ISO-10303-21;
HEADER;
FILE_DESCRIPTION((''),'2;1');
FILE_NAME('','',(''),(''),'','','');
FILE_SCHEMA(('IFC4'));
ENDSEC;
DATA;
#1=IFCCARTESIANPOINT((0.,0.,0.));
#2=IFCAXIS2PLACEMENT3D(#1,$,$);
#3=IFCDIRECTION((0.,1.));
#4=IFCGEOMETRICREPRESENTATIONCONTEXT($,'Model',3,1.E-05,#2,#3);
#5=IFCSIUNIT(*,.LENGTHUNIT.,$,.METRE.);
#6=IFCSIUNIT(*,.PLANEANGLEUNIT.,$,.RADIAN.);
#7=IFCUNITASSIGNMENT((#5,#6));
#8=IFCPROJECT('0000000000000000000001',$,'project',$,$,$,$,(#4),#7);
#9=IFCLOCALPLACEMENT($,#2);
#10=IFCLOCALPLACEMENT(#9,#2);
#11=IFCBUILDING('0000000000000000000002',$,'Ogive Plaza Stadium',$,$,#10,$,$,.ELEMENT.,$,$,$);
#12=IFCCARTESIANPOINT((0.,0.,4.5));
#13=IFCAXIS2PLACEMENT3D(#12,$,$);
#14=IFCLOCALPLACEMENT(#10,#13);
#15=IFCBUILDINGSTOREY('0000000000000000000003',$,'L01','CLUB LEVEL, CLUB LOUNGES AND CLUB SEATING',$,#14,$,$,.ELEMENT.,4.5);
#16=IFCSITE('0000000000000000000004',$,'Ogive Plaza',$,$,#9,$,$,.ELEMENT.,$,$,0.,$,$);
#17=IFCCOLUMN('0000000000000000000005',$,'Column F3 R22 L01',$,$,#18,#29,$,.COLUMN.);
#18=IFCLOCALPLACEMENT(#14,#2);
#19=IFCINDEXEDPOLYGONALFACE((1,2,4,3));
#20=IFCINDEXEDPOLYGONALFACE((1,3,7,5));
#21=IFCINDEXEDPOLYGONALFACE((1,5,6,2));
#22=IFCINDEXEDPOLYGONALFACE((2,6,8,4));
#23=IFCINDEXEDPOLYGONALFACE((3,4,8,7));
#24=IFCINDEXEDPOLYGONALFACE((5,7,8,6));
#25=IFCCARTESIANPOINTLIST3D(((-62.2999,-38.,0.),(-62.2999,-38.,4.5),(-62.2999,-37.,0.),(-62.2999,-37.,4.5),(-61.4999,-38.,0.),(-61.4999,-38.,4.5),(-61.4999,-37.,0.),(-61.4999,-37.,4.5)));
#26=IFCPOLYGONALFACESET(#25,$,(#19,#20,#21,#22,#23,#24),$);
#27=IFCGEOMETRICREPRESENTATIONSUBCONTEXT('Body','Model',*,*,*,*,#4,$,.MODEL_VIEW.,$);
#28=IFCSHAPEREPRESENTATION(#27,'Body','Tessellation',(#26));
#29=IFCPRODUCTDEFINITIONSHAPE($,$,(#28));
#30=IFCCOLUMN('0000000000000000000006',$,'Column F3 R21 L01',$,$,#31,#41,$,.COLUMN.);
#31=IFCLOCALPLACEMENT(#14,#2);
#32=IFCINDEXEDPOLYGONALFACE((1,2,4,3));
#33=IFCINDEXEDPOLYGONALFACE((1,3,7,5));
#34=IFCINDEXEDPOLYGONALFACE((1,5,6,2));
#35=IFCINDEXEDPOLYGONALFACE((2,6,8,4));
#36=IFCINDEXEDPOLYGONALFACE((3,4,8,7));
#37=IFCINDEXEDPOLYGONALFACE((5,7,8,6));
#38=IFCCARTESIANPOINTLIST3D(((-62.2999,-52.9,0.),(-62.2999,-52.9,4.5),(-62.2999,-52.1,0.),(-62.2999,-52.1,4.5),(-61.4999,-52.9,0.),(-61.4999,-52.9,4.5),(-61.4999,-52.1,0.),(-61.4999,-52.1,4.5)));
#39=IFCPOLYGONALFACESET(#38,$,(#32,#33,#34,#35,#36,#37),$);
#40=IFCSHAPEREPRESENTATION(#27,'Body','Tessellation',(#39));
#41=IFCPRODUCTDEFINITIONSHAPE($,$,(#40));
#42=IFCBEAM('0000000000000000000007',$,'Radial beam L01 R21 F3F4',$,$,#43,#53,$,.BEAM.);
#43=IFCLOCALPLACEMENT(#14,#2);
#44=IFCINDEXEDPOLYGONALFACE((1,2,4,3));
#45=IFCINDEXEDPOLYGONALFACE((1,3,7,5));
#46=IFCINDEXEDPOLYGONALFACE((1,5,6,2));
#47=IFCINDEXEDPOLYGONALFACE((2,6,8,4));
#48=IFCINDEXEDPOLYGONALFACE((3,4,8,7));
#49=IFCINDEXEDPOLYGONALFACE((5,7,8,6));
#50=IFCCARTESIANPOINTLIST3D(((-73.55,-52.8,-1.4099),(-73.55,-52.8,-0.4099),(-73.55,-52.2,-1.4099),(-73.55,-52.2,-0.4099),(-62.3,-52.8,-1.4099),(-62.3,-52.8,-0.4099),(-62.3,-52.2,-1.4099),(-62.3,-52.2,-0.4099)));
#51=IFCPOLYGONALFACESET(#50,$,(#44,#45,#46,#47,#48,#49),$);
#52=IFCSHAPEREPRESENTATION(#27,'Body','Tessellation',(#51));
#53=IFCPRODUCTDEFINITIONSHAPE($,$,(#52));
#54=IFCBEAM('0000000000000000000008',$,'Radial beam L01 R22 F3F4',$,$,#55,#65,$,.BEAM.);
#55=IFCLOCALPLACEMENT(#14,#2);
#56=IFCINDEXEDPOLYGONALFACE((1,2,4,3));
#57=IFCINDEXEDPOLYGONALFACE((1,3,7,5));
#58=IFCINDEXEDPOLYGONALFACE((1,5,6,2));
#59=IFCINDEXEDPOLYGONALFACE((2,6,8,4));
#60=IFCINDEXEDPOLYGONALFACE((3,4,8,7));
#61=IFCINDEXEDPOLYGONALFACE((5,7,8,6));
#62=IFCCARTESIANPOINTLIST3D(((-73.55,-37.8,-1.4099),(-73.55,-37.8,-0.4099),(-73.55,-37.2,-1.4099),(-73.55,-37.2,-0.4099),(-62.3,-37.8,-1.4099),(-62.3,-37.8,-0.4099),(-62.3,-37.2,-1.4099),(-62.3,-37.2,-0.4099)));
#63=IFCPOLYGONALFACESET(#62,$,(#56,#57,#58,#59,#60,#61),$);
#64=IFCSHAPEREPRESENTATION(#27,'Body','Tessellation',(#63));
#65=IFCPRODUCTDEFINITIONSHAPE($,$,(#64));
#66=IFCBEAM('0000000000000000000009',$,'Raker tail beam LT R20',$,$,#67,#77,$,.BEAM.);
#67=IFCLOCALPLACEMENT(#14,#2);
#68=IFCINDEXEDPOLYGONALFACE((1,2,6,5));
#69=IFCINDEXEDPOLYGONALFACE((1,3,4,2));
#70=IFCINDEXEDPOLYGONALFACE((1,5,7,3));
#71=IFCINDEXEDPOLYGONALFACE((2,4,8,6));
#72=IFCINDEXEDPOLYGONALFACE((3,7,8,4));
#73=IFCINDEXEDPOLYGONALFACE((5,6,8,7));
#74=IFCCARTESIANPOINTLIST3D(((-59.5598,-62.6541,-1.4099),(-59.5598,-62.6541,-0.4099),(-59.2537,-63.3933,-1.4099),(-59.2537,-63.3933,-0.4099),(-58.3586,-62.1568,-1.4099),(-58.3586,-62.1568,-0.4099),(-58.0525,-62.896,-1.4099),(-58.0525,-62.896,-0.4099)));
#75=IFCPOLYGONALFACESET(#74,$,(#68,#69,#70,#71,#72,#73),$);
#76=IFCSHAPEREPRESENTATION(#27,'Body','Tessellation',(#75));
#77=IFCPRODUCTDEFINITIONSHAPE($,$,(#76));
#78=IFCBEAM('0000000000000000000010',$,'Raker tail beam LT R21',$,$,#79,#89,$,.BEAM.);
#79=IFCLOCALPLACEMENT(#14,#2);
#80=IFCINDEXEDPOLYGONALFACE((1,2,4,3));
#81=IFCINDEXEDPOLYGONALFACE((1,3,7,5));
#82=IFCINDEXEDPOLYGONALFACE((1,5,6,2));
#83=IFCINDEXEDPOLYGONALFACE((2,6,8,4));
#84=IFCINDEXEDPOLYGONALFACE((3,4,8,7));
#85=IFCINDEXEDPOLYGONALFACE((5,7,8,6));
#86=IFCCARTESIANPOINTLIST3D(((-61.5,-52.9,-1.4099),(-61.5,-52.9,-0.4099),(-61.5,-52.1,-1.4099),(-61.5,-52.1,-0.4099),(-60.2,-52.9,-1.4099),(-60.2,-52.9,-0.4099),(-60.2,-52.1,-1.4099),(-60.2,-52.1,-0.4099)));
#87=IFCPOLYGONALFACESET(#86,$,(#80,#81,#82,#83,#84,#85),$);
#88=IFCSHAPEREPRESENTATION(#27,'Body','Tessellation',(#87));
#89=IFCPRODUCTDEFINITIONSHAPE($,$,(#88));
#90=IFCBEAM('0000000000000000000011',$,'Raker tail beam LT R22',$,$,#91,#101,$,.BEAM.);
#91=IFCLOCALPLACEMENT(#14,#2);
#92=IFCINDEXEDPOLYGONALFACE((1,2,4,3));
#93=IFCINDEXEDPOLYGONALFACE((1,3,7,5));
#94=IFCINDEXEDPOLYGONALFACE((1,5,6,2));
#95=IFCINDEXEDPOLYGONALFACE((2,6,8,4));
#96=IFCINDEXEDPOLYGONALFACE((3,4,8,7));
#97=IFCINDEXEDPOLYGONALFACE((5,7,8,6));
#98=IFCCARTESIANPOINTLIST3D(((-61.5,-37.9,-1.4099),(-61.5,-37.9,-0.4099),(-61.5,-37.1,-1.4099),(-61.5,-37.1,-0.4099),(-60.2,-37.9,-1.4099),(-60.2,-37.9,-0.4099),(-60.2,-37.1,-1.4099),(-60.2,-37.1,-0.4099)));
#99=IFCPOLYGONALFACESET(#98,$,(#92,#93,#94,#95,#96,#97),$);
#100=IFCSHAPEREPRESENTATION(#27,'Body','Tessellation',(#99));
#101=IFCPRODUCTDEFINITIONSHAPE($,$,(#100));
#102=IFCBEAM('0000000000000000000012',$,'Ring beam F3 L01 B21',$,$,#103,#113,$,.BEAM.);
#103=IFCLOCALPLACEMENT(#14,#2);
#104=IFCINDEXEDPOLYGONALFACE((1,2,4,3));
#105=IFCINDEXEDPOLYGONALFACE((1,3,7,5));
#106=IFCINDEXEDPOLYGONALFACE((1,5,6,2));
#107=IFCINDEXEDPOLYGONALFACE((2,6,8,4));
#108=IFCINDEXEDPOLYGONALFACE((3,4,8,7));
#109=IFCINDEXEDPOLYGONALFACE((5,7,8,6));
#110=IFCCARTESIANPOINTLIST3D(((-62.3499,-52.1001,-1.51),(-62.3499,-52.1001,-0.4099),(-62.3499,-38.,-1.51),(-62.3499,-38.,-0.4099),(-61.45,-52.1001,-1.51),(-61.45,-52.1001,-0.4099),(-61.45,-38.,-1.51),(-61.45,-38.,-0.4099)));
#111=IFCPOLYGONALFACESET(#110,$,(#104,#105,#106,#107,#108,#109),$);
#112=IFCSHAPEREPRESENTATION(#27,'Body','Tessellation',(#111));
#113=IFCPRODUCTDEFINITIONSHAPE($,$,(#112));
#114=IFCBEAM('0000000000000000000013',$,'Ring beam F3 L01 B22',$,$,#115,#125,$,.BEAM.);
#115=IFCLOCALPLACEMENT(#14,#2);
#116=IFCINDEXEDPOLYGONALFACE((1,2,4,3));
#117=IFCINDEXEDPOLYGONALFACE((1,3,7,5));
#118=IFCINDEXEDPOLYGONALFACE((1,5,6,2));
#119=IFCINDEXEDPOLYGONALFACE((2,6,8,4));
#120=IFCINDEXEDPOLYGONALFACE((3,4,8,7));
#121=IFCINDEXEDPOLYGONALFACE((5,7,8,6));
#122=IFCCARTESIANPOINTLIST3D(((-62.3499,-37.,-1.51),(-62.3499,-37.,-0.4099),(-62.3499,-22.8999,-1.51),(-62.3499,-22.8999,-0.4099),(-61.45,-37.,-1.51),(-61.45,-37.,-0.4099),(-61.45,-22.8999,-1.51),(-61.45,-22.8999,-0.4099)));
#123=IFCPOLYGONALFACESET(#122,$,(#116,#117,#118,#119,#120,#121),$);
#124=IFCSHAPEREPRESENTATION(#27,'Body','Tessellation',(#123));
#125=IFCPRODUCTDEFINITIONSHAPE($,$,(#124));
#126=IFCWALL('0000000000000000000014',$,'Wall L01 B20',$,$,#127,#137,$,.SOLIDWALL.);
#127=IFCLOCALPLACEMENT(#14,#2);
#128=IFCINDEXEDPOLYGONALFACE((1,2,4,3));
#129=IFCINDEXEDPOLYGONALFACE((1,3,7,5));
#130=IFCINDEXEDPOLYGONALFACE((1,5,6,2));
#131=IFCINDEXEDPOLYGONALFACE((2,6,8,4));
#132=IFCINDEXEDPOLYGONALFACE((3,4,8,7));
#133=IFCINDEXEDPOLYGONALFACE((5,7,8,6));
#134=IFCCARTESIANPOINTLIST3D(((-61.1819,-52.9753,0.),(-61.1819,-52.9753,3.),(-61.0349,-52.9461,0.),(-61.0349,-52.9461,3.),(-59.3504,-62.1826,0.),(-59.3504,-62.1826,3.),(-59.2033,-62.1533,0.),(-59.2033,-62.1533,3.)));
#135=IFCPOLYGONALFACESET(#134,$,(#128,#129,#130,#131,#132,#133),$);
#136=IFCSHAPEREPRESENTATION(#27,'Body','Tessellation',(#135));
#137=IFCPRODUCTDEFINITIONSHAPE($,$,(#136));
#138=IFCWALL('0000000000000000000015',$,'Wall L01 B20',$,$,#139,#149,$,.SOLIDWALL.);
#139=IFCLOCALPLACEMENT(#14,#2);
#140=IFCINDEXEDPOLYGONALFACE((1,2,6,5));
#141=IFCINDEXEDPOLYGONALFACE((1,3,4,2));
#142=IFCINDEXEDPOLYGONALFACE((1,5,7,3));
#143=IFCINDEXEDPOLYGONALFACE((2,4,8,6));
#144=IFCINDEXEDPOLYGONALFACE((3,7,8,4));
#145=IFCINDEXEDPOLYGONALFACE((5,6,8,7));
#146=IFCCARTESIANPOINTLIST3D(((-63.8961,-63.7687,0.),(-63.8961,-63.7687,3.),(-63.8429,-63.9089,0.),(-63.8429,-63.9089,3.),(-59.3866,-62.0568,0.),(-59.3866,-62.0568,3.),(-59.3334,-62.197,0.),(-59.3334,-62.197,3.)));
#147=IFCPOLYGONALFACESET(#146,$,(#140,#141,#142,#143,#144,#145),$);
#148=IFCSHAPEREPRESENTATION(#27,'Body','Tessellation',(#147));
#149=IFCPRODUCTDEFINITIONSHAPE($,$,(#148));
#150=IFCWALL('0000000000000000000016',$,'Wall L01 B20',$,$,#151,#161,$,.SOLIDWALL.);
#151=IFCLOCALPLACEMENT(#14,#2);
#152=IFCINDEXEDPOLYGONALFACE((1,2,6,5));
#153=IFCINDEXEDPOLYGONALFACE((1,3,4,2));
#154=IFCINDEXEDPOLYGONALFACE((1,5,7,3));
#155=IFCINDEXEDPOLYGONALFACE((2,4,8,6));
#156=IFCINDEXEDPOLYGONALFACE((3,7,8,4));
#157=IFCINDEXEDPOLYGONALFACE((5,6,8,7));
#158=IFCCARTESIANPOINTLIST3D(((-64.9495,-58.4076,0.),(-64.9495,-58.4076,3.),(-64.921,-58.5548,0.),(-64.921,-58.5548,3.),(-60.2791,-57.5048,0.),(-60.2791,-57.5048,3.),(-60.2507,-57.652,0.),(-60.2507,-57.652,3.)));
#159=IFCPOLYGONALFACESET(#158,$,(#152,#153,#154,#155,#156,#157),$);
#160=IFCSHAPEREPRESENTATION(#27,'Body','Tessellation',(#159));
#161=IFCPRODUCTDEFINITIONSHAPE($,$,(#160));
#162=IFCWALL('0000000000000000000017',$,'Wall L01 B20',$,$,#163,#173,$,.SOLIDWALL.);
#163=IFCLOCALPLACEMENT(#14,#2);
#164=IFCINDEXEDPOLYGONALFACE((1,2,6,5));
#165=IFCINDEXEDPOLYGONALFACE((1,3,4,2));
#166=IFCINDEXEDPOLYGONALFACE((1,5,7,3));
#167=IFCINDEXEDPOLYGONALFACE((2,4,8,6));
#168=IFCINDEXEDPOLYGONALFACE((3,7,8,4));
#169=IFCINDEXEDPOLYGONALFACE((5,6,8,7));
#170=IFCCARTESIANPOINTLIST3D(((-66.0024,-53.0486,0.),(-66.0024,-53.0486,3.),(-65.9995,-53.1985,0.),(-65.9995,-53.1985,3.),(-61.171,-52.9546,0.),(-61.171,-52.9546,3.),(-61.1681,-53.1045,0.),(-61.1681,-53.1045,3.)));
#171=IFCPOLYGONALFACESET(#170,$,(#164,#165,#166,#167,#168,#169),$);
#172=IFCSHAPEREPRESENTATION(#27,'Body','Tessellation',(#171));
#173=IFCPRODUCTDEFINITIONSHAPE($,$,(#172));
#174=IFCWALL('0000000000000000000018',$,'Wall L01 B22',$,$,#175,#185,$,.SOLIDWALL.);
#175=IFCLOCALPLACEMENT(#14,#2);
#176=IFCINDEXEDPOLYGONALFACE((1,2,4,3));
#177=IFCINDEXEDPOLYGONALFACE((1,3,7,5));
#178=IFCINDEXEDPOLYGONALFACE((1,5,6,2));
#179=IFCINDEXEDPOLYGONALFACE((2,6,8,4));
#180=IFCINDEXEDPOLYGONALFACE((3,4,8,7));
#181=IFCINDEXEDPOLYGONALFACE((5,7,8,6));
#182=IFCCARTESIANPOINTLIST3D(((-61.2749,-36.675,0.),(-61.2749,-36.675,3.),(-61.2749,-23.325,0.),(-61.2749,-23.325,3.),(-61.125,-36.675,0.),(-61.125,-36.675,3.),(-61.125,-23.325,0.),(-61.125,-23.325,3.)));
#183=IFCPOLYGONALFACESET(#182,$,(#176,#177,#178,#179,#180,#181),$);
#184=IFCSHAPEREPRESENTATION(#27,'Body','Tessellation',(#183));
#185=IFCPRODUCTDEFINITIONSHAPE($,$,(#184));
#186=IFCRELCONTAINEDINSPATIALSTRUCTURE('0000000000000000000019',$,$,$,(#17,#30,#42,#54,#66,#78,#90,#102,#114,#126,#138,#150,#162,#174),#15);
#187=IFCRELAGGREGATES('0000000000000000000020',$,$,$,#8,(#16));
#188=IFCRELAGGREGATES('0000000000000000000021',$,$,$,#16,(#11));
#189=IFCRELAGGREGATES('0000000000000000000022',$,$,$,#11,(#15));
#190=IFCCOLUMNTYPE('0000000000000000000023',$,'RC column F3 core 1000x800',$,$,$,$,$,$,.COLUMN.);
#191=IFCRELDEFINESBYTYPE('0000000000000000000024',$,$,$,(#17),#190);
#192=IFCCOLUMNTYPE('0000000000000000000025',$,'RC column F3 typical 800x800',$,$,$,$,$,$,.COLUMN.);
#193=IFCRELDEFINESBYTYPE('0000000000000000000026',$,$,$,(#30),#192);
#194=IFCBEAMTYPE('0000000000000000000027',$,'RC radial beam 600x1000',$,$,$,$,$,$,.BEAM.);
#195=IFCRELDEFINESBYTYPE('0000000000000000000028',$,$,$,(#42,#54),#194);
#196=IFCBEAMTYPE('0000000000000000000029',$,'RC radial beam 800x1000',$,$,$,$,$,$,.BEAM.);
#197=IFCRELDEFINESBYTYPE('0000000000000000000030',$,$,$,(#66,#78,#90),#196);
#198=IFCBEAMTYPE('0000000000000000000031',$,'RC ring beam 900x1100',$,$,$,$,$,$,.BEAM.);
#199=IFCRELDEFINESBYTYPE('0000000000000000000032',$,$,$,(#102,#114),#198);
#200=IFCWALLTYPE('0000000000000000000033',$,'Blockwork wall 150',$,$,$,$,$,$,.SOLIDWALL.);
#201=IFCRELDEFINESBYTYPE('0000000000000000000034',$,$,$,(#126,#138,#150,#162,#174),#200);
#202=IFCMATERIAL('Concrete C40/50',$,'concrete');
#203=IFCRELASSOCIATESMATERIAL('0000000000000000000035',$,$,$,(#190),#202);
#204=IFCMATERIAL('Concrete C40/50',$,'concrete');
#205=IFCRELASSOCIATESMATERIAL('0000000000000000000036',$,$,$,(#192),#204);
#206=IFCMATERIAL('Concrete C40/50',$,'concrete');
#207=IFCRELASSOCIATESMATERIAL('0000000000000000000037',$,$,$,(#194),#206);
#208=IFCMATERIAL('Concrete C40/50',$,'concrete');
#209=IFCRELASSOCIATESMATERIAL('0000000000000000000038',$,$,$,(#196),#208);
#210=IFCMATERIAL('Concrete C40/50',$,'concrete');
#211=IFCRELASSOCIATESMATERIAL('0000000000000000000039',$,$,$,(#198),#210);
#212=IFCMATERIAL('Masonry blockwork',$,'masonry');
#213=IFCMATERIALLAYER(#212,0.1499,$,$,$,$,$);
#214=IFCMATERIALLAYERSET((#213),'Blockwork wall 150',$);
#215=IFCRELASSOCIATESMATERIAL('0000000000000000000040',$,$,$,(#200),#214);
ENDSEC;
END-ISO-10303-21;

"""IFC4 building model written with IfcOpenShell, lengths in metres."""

from ifc_helpers import new_model, si_unit, direction, frame, frame_2d, origin, origin_2d, place, context, subcontext, project, spatial, rectangle, extrude, material, layer, layer_set, material_profile, profile_set, type_object, element, save


model = new_model("IFC4")

# Units and contexts
model_context = context("Model", 3, precision=1e-05, world=origin(), true_north=direction((0.0, 1.0)))
body_context = subcontext(model_context, "Body", "Model", "MODEL_VIEW")
ifc_project = project(units=[si_unit("LENGTHUNIT", "METRE"), si_unit("PLANEANGLEUNIT", "RADIAN")], contexts=[model_context])

# Site, building, storey
site_placement = place(None, origin())
site = spatial("IfcSite", under=ifc_project, at=site_placement, Name="Ogive Plaza", CompositionType="ELEMENT", RefElevation=0.0)
building_placement = place(site_placement, origin())
building = spatial("IfcBuilding", under=site, at=building_placement, Name="Ogive Plaza Stadium", CompositionType="ELEMENT")
storey_placement = place(building_placement, frame((0.0, 0.0, 4.5)))
storey = spatial("IfcBuildingStorey", under=building, at=storey_placement, Name="L01", Description="CLUB LEVEL, CLUB LOUNGES AND CLUB SEATING", CompositionType="ELEMENT", Elevation=4.5)

# Columns
ifc_material_1 = material(Name="Concrete C40/50", Category="concrete")
ifc_material_profile_1 = material_profile(ifc_material_1, rectangle(XDim=1.0, YDim=0.8, at=origin_2d()), Name="RC 1000x800")
ifc_profile_set_1 = profile_set([ifc_material_profile_1], Name="Concrete C40/50")
column_type_1 = type_object("IfcColumnType", Name="RC column F3 core 1000x800", PredefinedType="COLUMN", material=ifc_profile_set_1)
column_1_placement = place(storey_placement, frame((-61.8999, -37.5, 0.0), z_axis=(0.0, 0.0, 1.0), x_axis=(0.0, -1.0, 0.0)))
element("IfcColumn", 1, at=column_1_placement, inside=storey, type_object=column_type_1, Name="Column F3 R22 L01", PredefinedType="COLUMN", context=body_context, shape_type="SweptSolid", body=[
    extrude(rectangle(XDim=1.0, YDim=0.8, at=origin_2d()), origin(), (0.0, 0.0, 1.0), 4.5),
])
ifc_material_2 = material(Name="Concrete C40/50", Category="concrete")
ifc_material_profile_2 = material_profile(ifc_material_2, rectangle(XDim=0.8, YDim=0.8, at=origin_2d()), Name="RC 800x800")
ifc_profile_set_2 = profile_set([ifc_material_profile_2], Name="Concrete C40/50")
column_type_2 = type_object("IfcColumnType", Name="RC column F3 typical 800x800", PredefinedType="COLUMN", material=ifc_profile_set_2)
column_2_placement = place(storey_placement, frame((-61.8999, -52.5, 0.0), z_axis=(0.0, 0.0, 1.0), x_axis=(0.0, -1.0, 0.0)))
element("IfcColumn", 2, at=column_2_placement, inside=storey, type_object=column_type_2, Name="Column F3 R21 L01", PredefinedType="COLUMN", context=body_context, shape_type="SweptSolid", body=[
    extrude(rectangle(XDim=0.8, YDim=0.8, at=origin_2d()), origin(), (0.0, 0.0, 1.0), 4.5),
])

# Beams
ifc_material_3 = material(Name="Concrete C40/50", Category="concrete")
ifc_material_profile_3 = material_profile(ifc_material_3, rectangle(XDim=0.6001, YDim=1.0, at=origin_2d()), Name="RC 600x1000")
ifc_profile_set_3 = profile_set([ifc_material_profile_3], Name="Concrete C40/50")
beam_type_1 = type_object("IfcBeamType", Name="RC radial beam 600x1000", PredefinedType="BEAM", material=ifc_profile_set_3)
for number, where, z_axis, x_axis, name in (
    (3, (-62.3, -52.5, -0.9099), (-1.0, 0.0, 0.0), (0.0, -1.0, 0.0), "Radial beam L01 R21 F3F4"),
    (4, (-62.3, -37.5, -0.9099), (-1.0, 0.0, 0.0), (0.0, -1.0, 0.0), "Radial beam L01 R22 F3F4"),
):
    element("IfcBeam", number, at=place(storey_placement, frame(where, z_axis=z_axis, x_axis=x_axis)), inside=storey, type_object=beam_type_1, Name=name, PredefinedType="BEAM", context=body_context, shape_type="SweptSolid", body=[
        extrude(rectangle(XDim=0.6001, YDim=1.0, at=origin_2d()), origin(), (0.0, 0.0, 1.0), 11.25),
    ])
ifc_material_4 = material(Name="Concrete C40/50", Category="concrete")
ifc_material_profile_4 = material_profile(ifc_material_4, rectangle(XDim=0.8, YDim=1.0, at=origin_2d()), Name="RC 800x1000")
ifc_profile_set_4 = profile_set([ifc_material_profile_4], Name="Concrete C40/50")
beam_type_2 = type_object("IfcBeamType", Name="RC radial beam 800x1000", PredefinedType="BEAM", material=ifc_profile_set_4)
for number, where, z_axis, x_axis, name in (
    (5, (-58.2056, -62.5264, -0.9099), (-0.923941, -0.382534, 0.0), (0.382534, -0.923941, 0.0), "Raker tail beam LT R20"),
    (6, (-60.2, -52.5, -0.9099), (-1.0, 0.0, 0.0), (0.0, -1.0, 0.0), "Raker tail beam LT R21"),
    (7, (-60.2, -37.5, -0.9099), (-1.0, 0.0, 0.0), (0.0, -1.0, 0.0), "Raker tail beam LT R22"),
):
    element("IfcBeam", number, at=place(storey_placement, frame(where, z_axis=z_axis, x_axis=x_axis)), inside=storey, type_object=beam_type_2, Name=name, PredefinedType="BEAM", context=body_context, shape_type="SweptSolid", body=[
        extrude(rectangle(XDim=0.8, YDim=1.0, at=origin_2d()), origin(), (0.0, 0.0, 1.0), 1.3),
    ])
ifc_material_5 = material(Name="Concrete C40/50", Category="concrete")
ifc_material_profile_5 = material_profile(ifc_material_5, rectangle(XDim=0.8999, YDim=1.1001, at=origin_2d()), Name="RC 900x1100")
ifc_profile_set_5 = profile_set([ifc_material_profile_5], Name="Concrete C40/50")
beam_type_3 = type_object("IfcBeamType", Name="RC ring beam 900x1100", PredefinedType="BEAM", material=ifc_profile_set_5)
for number, where, z_axis, x_axis, name in (
    (8, (-61.8999, -52.1001, -0.96), (0.0, 1.0, 0.0), (-1.0, 0.0, 0.0), "Ring beam F3 L01 B21"),
    (9, (-61.8999, -37.0, -0.96), (0.0, 1.0, 0.0), (-1.0, 0.0, 0.0), "Ring beam F3 L01 B22"),
):
    element("IfcBeam", number, at=place(storey_placement, frame(where, z_axis=z_axis, x_axis=x_axis)), inside=storey, type_object=beam_type_3, Name=name, PredefinedType="BEAM", context=body_context, shape_type="SweptSolid", body=[
        extrude(rectangle(XDim=0.8999, YDim=1.1001, at=origin_2d()), origin(), (0.0, 0.0, 1.0), 14.1001),
    ])

# Walls
ifc_material_6 = material(Name="Masonry blockwork", Category="masonry")
ifc_layer_1 = layer(ifc_material_6, 0.1499)
ifc_layer_set_1 = layer_set([ifc_layer_1], Name="Blockwork wall 150")
wall_type_1 = type_object("IfcWallType", Name="Blockwork wall 150", PredefinedType="SOLIDWALL", material=ifc_layer_set_1)
wall_1_placement = place(storey_placement, frame((-59.2769, -62.168, 0.0), z_axis=(0.0, 0.0, 1.0), x_axis=(-0.195101, 0.980783, 0.0)))
element("IfcWall", 10, at=wall_1_placement, inside=storey, type_object=wall_type_1, Name="Wall L01 B20", PredefinedType="SOLIDWALL", context=body_context, shape_type="SweptSolid", body=[
    extrude(rectangle(XDim=9.3877, YDim=0.1499, at=frame_2d((4.6938, 0.0))), origin(), (0.0, 0.0, 1.0), 3.0),
])
wall_2_placement = place(storey_placement, frame((-59.3601, -62.127, 0.0), z_axis=(0.0, 0.0, 1.0), x_axis=(-0.934901, -0.354909, 0.0)))
element("IfcWall", 11, at=wall_2_placement, inside=storey, type_object=wall_type_1, Name="Wall L01 B20", PredefinedType="SOLIDWALL", context=body_context, shape_type="SweptSolid", body=[
    extrude(rectangle(XDim=4.8235, YDim=0.1499, at=frame_2d((2.4116, 0.0))), origin(), (0.0, 0.0, 1.0), 3.0),
])
wall_3_placement = place(storey_placement, frame((-60.2649, -57.5784, 0.0), z_axis=(0.0, 0.0, 1.0), x_axis=(-0.981824, -0.189795, 0.0)))
element("IfcWall", 12, at=wall_3_placement, inside=storey, type_object=wall_type_1, Name="Wall L01 B20", PredefinedType="SOLIDWALL", context=body_context, shape_type="SweptSolid", body=[
    extrude(rectangle(XDim=4.7568, YDim=0.1499, at=frame_2d((2.3784, 0.0))), origin(), (0.0, 0.0, 1.0), 3.0),
])
wall_4_placement = place(storey_placement, frame((-61.1697, -53.0295, 0.0), z_axis=(0.0, 0.0, 1.0), x_axis=(-0.999811, -0.019452, 0.0)))
element("IfcWall", 13, at=wall_4_placement, inside=storey, type_object=wall_type_1, Name="Wall L01 B20", PredefinedType="SOLIDWALL", context=body_context, shape_type="SweptSolid", body=[
    extrude(rectangle(XDim=4.8323, YDim=0.1499, at=frame_2d((2.416, 0.0))), origin(), (0.0, 0.0, 1.0), 3.0),
])
wall_5_placement = place(storey_placement, frame((-61.2, -36.675, 0.0), z_axis=(0.0, 0.0, 1.0), x_axis=(0.0, 1.0, 0.0)))
element("IfcWall", 14, at=wall_5_placement, inside=storey, type_object=wall_type_1, Name="Wall L01 B22", PredefinedType="SOLIDWALL", context=body_context, shape_type="SweptSolid", body=[
    extrude(rectangle(XDim=13.3501, YDim=0.1499, at=frame_2d((6.675, 0.0))), origin(), (0.0, 0.0, 1.0), 3.0),
])

save(model, "model.ifc")
